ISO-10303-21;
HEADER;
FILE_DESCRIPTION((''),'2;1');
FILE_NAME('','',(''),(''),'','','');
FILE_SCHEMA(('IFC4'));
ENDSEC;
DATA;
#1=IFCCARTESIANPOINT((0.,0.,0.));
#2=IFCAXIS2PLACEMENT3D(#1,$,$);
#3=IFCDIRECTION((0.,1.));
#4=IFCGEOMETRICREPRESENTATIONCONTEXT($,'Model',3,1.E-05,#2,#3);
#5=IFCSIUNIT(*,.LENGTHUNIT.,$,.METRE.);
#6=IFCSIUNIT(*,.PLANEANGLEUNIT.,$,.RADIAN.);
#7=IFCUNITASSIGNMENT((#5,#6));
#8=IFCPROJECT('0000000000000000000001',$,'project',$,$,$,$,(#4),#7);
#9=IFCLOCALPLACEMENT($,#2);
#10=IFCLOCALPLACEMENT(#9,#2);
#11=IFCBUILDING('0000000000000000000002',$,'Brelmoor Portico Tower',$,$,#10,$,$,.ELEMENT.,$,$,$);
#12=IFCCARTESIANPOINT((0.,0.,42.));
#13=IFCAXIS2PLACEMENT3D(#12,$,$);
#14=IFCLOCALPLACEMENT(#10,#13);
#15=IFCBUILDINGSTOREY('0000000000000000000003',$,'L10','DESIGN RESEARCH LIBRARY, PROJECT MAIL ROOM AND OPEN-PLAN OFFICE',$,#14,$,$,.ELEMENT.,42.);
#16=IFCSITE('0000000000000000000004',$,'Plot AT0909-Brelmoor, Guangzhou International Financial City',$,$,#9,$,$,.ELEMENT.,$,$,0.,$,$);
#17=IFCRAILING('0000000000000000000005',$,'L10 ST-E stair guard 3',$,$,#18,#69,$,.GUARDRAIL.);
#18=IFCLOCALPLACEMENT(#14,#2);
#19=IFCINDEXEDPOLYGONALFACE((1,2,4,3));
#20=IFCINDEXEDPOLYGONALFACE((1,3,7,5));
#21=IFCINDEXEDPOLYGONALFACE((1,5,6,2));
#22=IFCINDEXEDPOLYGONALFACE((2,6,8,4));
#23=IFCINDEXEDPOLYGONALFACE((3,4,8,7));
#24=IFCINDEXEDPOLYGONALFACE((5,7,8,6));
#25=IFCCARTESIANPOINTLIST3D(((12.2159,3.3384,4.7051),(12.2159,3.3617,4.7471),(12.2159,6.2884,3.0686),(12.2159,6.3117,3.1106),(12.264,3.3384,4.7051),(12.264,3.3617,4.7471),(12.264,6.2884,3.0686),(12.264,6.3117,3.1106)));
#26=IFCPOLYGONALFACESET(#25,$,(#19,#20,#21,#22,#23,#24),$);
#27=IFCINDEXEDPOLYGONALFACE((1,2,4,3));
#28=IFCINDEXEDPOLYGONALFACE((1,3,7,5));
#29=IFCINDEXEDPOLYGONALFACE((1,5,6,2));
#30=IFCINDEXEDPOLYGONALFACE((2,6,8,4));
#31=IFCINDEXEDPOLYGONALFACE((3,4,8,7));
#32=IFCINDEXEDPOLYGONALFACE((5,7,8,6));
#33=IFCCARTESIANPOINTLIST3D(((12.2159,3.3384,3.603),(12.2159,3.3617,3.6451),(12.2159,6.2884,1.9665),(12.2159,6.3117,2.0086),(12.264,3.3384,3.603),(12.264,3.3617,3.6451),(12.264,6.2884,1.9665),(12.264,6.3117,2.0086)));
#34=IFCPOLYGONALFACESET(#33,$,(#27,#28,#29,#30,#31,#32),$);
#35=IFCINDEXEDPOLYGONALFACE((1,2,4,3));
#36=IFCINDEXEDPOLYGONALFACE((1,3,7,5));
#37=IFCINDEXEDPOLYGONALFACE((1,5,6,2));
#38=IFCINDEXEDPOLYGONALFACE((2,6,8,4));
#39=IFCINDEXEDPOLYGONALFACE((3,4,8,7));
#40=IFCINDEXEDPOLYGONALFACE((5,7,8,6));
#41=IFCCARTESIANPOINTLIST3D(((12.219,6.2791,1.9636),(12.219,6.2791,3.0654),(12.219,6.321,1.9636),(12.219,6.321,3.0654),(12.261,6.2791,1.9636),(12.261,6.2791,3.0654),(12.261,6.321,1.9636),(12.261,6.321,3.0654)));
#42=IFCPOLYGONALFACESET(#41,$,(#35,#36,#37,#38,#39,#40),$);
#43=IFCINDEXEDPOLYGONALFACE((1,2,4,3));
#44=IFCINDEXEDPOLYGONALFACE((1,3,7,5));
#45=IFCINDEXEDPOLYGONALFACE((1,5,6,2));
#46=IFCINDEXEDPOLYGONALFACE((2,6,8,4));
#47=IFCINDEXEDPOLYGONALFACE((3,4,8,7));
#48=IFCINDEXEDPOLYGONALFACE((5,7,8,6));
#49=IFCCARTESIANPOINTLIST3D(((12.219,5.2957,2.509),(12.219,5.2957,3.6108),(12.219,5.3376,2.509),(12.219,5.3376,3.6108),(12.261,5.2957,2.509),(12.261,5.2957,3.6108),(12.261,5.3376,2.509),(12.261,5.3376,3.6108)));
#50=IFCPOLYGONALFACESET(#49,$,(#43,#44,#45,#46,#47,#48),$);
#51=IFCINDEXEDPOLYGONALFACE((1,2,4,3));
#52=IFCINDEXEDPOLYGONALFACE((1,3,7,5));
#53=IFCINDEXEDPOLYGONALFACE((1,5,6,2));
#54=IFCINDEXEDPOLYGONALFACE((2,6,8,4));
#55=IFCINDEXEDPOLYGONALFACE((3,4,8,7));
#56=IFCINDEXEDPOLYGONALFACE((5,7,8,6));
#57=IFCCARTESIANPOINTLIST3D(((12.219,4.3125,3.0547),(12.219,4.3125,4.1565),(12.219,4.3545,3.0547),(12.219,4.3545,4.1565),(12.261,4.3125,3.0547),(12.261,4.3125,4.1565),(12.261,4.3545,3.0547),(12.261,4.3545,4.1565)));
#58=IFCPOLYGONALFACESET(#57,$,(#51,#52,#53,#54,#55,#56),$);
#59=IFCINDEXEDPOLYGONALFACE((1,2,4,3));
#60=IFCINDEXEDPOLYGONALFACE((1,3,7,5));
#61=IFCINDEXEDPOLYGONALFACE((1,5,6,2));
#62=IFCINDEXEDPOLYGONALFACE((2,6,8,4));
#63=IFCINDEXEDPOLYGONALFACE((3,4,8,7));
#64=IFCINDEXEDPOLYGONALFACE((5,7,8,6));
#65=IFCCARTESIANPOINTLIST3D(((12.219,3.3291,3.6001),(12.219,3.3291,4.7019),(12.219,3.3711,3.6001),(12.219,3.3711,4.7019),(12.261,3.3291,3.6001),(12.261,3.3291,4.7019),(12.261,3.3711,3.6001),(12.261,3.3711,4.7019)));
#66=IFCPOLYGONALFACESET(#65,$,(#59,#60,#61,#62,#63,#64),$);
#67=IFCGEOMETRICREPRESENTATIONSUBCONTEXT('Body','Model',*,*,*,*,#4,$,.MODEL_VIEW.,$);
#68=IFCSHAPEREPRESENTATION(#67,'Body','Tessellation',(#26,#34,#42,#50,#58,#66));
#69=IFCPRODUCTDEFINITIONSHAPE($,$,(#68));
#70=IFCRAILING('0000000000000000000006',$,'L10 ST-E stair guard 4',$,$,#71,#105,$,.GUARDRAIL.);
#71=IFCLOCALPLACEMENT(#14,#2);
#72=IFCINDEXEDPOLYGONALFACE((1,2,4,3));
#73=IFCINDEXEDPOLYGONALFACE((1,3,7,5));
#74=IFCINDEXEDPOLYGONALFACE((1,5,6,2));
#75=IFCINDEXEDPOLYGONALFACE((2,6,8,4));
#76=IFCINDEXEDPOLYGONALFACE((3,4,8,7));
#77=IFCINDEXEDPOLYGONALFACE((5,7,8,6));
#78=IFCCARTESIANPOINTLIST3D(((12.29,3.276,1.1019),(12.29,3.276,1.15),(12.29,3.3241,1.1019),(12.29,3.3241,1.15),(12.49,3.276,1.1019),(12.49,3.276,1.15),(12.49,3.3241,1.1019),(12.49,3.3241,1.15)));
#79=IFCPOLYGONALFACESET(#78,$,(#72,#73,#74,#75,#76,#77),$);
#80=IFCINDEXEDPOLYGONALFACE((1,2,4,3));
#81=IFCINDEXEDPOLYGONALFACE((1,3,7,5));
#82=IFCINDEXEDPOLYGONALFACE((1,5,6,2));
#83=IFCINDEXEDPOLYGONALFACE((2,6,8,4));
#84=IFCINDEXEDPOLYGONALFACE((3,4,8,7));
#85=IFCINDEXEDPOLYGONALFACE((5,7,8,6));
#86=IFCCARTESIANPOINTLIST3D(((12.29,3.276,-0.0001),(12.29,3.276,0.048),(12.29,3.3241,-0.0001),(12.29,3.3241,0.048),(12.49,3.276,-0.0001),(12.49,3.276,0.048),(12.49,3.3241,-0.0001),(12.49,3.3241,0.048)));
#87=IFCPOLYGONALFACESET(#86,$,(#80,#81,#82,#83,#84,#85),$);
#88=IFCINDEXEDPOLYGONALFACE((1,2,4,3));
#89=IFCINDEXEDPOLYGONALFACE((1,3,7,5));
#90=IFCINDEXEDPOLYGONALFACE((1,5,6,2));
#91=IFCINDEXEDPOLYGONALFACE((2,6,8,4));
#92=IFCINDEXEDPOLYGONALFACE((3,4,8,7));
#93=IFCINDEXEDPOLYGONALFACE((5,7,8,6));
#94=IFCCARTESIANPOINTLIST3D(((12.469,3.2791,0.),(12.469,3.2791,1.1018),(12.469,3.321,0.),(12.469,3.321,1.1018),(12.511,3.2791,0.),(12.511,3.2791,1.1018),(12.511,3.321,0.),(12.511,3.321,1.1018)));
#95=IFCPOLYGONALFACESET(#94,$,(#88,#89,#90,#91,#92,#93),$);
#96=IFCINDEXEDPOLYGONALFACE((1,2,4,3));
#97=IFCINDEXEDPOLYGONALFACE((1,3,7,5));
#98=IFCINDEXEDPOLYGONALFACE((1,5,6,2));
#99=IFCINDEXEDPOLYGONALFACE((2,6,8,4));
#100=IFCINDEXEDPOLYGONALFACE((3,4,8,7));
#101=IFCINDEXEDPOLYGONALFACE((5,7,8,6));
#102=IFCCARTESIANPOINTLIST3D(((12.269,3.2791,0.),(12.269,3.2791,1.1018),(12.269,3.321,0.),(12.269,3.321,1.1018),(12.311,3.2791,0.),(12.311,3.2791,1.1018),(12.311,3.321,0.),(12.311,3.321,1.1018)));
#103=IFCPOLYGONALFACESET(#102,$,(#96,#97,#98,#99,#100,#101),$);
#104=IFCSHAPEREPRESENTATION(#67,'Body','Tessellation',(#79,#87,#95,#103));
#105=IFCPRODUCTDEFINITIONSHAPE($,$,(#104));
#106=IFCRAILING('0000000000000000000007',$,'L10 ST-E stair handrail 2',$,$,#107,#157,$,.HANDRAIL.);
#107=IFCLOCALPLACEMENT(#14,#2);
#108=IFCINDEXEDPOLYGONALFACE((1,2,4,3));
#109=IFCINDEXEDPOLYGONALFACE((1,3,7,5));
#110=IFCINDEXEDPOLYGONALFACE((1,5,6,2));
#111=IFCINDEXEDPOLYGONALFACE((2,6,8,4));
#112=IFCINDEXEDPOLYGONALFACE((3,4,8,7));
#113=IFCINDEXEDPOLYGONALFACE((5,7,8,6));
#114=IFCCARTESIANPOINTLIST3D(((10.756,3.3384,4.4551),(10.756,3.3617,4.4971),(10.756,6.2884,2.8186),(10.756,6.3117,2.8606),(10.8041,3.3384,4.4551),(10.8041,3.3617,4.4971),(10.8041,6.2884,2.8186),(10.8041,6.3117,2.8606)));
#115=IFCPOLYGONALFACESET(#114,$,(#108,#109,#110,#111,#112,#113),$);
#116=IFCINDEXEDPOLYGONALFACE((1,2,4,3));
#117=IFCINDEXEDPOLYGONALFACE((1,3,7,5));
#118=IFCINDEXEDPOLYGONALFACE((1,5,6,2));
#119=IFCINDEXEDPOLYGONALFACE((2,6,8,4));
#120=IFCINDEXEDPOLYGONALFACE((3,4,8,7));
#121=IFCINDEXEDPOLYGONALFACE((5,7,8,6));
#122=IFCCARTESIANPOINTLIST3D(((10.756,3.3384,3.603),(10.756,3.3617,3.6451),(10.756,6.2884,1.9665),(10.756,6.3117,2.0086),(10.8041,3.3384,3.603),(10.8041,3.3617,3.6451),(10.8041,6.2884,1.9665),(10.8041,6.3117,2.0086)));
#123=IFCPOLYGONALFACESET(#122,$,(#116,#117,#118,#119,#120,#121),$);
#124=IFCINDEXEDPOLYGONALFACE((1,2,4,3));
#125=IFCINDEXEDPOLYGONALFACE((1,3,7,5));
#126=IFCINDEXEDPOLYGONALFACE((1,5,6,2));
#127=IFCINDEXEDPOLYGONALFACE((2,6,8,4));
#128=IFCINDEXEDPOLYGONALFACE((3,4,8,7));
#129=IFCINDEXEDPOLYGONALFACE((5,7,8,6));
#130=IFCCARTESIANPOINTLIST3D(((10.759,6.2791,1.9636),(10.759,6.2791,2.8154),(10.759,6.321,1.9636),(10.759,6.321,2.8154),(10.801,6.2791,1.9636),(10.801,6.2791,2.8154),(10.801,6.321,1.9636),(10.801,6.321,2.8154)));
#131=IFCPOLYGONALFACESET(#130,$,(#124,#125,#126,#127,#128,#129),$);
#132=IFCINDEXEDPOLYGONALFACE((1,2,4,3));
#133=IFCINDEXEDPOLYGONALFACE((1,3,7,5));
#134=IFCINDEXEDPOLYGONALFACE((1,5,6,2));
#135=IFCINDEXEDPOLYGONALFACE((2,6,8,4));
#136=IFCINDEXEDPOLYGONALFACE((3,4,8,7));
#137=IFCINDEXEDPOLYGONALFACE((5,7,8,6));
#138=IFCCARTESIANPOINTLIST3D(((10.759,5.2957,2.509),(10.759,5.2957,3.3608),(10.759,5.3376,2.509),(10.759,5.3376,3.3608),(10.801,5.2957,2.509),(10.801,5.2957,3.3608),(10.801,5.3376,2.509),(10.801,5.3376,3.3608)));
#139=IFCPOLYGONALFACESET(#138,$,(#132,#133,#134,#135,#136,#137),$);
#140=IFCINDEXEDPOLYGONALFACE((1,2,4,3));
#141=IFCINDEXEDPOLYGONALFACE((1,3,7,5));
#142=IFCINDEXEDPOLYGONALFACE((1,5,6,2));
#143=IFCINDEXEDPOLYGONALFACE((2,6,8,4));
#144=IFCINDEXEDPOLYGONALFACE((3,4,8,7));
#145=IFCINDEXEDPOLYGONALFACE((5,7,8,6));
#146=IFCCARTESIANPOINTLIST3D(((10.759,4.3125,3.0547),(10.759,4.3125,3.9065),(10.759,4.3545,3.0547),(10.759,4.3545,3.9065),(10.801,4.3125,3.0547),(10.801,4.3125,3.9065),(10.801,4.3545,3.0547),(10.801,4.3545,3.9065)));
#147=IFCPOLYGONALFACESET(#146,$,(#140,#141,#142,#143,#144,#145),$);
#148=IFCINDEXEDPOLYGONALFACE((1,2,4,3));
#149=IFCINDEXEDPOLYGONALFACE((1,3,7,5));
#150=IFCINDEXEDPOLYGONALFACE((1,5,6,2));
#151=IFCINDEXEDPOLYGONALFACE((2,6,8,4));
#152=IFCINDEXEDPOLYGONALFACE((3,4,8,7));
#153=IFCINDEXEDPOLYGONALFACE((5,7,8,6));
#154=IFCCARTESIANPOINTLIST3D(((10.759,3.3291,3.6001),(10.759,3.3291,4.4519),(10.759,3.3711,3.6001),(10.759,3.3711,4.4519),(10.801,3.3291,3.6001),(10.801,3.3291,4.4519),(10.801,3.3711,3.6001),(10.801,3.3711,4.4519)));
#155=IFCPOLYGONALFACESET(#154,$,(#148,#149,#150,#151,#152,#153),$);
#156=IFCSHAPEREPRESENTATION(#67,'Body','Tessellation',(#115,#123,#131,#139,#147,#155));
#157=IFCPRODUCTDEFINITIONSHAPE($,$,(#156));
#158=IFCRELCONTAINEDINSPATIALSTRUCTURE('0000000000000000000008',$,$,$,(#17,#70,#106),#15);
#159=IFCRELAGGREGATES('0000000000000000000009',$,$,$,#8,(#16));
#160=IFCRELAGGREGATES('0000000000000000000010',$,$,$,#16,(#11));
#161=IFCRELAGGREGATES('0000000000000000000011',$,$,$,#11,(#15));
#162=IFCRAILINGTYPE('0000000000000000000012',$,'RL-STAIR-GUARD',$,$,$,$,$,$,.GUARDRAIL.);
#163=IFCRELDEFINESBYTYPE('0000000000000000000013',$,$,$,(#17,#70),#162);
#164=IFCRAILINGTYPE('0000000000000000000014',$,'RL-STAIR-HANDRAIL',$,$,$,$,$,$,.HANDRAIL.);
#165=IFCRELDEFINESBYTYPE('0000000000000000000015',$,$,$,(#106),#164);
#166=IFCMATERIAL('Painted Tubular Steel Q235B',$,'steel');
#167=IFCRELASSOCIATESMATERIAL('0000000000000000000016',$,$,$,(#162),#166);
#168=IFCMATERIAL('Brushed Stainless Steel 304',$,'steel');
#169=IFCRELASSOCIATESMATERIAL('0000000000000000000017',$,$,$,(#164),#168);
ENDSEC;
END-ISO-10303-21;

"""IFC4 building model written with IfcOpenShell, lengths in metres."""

from ifc_helpers import new_model, si_unit, direction, frame, origin, origin_2d, place, context, subcontext, project, spatial, rectangle, extrude, material, type_object, element, save


model = new_model("IFC4")

# Units and contexts
model_context = context("Model", 3, precision=1e-05, world=origin(), true_north=direction((0.0, 1.0)))
body_context = subcontext(model_context, "Body", "Model", "MODEL_VIEW")
ifc_project = project(units=[si_unit("LENGTHUNIT", "METRE"), si_unit("PLANEANGLEUNIT", "RADIAN")], contexts=[model_context])

# Site, building, storey
site_placement = place(None, origin())
site = spatial("IfcSite", under=ifc_project, at=site_placement, Name="Plot AT0909-Brelmoor, Guangzhou International Financial City", CompositionType="ELEMENT", RefElevation=0.0)
building_placement = place(site_placement, origin())
building = spatial("IfcBuilding", under=site, at=building_placement, Name="Brelmoor Portico Tower", CompositionType="ELEMENT")
storey_placement = place(building_placement, frame((0.0, 0.0, 42.0)))
storey = spatial("IfcBuildingStorey", under=building, at=storey_placement, Name="L10", Description="DESIGN RESEARCH LIBRARY, PROJECT MAIL ROOM AND OPEN-PLAN OFFICE", CompositionType="ELEMENT", Elevation=42.0)

# Railings
ifc_material_1 = material(Name="Painted Tubular Steel Q235B", Category="steel")
railing_type_1 = type_object("IfcRailingType", Name="RL-STAIR-GUARD", PredefinedType="GUARDRAIL", material=ifc_material_1)
railing_1_placement = place(storey_placement, frame((12.24, 6.3, 1.9636)))
element("IfcRailing", 1, at=railing_1_placement, inside=storey, type_object=railing_type_1, Name="L10 ST-E stair guard 3", PredefinedType="GUARDRAIL", context=body_context, shape_type="SweptSolid", body=[
    extrude(rectangle(XDim=0.0481, YDim=0.0481, at=origin_2d()), frame((0.0, 0.0, 1.126), z_axis=(0.0, -0.874458, 0.485102), x_axis=(1.0, 0.0, 0.0)), (0.0, 0.0, 1.0), 3.3735),
    extrude(rectangle(XDim=0.0481, YDim=0.0481, at=origin_2d()), frame((0.0, 0.0, 0.0239), z_axis=(0.0, -0.874458, 0.485102), x_axis=(1.0, 0.0, 0.0)), (0.0, 0.0, 1.0), 3.3735),
    extrude(rectangle(XDim=0.042, YDim=0.042, at=origin_2d()), origin(), (0.0, 0.0, 1.0), 1.1018),
    extrude(rectangle(XDim=0.042, YDim=0.042, at=origin_2d()), frame((0.0, -0.9834, 0.5454)), (0.0, 0.0, 1.0), 1.1018),
    extrude(rectangle(XDim=0.042, YDim=0.042, at=origin_2d()), frame((0.0, -1.9666, 1.0911)), (0.0, 0.0, 1.0), 1.1018),
    extrude(rectangle(XDim=0.042, YDim=0.042, at=origin_2d()), frame((0.0, -2.95, 1.6365)), (0.0, 0.0, 1.0), 1.1018),
])
railing_2_placement = place(storey_placement, frame((12.49, 3.3, 0.0)))
element("IfcRailing", 2, at=railing_2_placement, inside=storey, type_object=railing_type_1, Name="L10 ST-E stair guard 4", PredefinedType="GUARDRAIL", context=body_context, shape_type="SweptSolid", body=[
    extrude(rectangle(XDim=0.0481, YDim=0.0481, at=origin_2d()), frame((0.0, 0.0, 1.126), z_axis=(-1.0, 0.0, 0.0), x_axis=(0.0, -1.0, 0.0)), (0.0, 0.0, 1.0), 0.2),
    extrude(rectangle(XDim=0.0481, YDim=0.0481, at=origin_2d()), frame((0.0, 0.0, 0.0239), z_axis=(-1.0, 0.0, 0.0), x_axis=(0.0, -1.0, 0.0)), (0.0, 0.0, 1.0), 0.2),
    extrude(rectangle(XDim=0.042, YDim=0.042, at=origin_2d()), origin(), (0.0, 0.0, 1.0), 1.1018),
    extrude(rectangle(XDim=0.042, YDim=0.042, at=origin_2d()), frame((-0.2, 0.0, 0.0)), (0.0, 0.0, 1.0), 1.1018),
])
ifc_material_2 = material(Name="Brushed Stainless Steel 304", Category="steel")
railing_type_2 = type_object("IfcRailingType", Name="RL-STAIR-HANDRAIL", PredefinedType="HANDRAIL", material=ifc_material_2)
railing_3_placement = place(storey_placement, frame((10.78, 6.3, 1.9636)))
element("IfcRailing", 3, at=railing_3_placement, inside=storey, type_object=railing_type_2, Name="L10 ST-E stair handrail 2", PredefinedType="HANDRAIL", context=body_context, shape_type="SweptSolid", body=[
    extrude(rectangle(XDim=0.0481, YDim=0.0481, at=origin_2d()), frame((0.0, 0.0, 0.876), z_axis=(0.0, -0.874458, 0.485102), x_axis=(1.0, 0.0, 0.0)), (0.0, 0.0, 1.0), 3.3735),
    extrude(rectangle(XDim=0.0481, YDim=0.0481, at=origin_2d()), frame((0.0, 0.0, 0.0239), z_axis=(0.0, -0.874458, 0.485102), x_axis=(1.0, 0.0, 0.0)), (0.0, 0.0, 1.0), 3.3735),
    extrude(rectangle(XDim=0.042, YDim=0.042, at=origin_2d()), origin(), (0.0, 0.0, 1.0), 0.8518),
    extrude(rectangle(XDim=0.042, YDim=0.042, at=origin_2d()), frame((0.0, -0.9834, 0.5454)), (0.0, 0.0, 1.0), 0.8518),
    extrude(rectangle(XDim=0.042, YDim=0.042, at=origin_2d()), frame((0.0, -1.9666, 1.0911)), (0.0, 0.0, 1.0), 0.8518),
    extrude(rectangle(XDim=0.042, YDim=0.042, at=origin_2d()), frame((0.0, -2.95, 1.6365)), (0.0, 0.0, 1.0), 0.8518),
])

save(model, "model.ifc")
